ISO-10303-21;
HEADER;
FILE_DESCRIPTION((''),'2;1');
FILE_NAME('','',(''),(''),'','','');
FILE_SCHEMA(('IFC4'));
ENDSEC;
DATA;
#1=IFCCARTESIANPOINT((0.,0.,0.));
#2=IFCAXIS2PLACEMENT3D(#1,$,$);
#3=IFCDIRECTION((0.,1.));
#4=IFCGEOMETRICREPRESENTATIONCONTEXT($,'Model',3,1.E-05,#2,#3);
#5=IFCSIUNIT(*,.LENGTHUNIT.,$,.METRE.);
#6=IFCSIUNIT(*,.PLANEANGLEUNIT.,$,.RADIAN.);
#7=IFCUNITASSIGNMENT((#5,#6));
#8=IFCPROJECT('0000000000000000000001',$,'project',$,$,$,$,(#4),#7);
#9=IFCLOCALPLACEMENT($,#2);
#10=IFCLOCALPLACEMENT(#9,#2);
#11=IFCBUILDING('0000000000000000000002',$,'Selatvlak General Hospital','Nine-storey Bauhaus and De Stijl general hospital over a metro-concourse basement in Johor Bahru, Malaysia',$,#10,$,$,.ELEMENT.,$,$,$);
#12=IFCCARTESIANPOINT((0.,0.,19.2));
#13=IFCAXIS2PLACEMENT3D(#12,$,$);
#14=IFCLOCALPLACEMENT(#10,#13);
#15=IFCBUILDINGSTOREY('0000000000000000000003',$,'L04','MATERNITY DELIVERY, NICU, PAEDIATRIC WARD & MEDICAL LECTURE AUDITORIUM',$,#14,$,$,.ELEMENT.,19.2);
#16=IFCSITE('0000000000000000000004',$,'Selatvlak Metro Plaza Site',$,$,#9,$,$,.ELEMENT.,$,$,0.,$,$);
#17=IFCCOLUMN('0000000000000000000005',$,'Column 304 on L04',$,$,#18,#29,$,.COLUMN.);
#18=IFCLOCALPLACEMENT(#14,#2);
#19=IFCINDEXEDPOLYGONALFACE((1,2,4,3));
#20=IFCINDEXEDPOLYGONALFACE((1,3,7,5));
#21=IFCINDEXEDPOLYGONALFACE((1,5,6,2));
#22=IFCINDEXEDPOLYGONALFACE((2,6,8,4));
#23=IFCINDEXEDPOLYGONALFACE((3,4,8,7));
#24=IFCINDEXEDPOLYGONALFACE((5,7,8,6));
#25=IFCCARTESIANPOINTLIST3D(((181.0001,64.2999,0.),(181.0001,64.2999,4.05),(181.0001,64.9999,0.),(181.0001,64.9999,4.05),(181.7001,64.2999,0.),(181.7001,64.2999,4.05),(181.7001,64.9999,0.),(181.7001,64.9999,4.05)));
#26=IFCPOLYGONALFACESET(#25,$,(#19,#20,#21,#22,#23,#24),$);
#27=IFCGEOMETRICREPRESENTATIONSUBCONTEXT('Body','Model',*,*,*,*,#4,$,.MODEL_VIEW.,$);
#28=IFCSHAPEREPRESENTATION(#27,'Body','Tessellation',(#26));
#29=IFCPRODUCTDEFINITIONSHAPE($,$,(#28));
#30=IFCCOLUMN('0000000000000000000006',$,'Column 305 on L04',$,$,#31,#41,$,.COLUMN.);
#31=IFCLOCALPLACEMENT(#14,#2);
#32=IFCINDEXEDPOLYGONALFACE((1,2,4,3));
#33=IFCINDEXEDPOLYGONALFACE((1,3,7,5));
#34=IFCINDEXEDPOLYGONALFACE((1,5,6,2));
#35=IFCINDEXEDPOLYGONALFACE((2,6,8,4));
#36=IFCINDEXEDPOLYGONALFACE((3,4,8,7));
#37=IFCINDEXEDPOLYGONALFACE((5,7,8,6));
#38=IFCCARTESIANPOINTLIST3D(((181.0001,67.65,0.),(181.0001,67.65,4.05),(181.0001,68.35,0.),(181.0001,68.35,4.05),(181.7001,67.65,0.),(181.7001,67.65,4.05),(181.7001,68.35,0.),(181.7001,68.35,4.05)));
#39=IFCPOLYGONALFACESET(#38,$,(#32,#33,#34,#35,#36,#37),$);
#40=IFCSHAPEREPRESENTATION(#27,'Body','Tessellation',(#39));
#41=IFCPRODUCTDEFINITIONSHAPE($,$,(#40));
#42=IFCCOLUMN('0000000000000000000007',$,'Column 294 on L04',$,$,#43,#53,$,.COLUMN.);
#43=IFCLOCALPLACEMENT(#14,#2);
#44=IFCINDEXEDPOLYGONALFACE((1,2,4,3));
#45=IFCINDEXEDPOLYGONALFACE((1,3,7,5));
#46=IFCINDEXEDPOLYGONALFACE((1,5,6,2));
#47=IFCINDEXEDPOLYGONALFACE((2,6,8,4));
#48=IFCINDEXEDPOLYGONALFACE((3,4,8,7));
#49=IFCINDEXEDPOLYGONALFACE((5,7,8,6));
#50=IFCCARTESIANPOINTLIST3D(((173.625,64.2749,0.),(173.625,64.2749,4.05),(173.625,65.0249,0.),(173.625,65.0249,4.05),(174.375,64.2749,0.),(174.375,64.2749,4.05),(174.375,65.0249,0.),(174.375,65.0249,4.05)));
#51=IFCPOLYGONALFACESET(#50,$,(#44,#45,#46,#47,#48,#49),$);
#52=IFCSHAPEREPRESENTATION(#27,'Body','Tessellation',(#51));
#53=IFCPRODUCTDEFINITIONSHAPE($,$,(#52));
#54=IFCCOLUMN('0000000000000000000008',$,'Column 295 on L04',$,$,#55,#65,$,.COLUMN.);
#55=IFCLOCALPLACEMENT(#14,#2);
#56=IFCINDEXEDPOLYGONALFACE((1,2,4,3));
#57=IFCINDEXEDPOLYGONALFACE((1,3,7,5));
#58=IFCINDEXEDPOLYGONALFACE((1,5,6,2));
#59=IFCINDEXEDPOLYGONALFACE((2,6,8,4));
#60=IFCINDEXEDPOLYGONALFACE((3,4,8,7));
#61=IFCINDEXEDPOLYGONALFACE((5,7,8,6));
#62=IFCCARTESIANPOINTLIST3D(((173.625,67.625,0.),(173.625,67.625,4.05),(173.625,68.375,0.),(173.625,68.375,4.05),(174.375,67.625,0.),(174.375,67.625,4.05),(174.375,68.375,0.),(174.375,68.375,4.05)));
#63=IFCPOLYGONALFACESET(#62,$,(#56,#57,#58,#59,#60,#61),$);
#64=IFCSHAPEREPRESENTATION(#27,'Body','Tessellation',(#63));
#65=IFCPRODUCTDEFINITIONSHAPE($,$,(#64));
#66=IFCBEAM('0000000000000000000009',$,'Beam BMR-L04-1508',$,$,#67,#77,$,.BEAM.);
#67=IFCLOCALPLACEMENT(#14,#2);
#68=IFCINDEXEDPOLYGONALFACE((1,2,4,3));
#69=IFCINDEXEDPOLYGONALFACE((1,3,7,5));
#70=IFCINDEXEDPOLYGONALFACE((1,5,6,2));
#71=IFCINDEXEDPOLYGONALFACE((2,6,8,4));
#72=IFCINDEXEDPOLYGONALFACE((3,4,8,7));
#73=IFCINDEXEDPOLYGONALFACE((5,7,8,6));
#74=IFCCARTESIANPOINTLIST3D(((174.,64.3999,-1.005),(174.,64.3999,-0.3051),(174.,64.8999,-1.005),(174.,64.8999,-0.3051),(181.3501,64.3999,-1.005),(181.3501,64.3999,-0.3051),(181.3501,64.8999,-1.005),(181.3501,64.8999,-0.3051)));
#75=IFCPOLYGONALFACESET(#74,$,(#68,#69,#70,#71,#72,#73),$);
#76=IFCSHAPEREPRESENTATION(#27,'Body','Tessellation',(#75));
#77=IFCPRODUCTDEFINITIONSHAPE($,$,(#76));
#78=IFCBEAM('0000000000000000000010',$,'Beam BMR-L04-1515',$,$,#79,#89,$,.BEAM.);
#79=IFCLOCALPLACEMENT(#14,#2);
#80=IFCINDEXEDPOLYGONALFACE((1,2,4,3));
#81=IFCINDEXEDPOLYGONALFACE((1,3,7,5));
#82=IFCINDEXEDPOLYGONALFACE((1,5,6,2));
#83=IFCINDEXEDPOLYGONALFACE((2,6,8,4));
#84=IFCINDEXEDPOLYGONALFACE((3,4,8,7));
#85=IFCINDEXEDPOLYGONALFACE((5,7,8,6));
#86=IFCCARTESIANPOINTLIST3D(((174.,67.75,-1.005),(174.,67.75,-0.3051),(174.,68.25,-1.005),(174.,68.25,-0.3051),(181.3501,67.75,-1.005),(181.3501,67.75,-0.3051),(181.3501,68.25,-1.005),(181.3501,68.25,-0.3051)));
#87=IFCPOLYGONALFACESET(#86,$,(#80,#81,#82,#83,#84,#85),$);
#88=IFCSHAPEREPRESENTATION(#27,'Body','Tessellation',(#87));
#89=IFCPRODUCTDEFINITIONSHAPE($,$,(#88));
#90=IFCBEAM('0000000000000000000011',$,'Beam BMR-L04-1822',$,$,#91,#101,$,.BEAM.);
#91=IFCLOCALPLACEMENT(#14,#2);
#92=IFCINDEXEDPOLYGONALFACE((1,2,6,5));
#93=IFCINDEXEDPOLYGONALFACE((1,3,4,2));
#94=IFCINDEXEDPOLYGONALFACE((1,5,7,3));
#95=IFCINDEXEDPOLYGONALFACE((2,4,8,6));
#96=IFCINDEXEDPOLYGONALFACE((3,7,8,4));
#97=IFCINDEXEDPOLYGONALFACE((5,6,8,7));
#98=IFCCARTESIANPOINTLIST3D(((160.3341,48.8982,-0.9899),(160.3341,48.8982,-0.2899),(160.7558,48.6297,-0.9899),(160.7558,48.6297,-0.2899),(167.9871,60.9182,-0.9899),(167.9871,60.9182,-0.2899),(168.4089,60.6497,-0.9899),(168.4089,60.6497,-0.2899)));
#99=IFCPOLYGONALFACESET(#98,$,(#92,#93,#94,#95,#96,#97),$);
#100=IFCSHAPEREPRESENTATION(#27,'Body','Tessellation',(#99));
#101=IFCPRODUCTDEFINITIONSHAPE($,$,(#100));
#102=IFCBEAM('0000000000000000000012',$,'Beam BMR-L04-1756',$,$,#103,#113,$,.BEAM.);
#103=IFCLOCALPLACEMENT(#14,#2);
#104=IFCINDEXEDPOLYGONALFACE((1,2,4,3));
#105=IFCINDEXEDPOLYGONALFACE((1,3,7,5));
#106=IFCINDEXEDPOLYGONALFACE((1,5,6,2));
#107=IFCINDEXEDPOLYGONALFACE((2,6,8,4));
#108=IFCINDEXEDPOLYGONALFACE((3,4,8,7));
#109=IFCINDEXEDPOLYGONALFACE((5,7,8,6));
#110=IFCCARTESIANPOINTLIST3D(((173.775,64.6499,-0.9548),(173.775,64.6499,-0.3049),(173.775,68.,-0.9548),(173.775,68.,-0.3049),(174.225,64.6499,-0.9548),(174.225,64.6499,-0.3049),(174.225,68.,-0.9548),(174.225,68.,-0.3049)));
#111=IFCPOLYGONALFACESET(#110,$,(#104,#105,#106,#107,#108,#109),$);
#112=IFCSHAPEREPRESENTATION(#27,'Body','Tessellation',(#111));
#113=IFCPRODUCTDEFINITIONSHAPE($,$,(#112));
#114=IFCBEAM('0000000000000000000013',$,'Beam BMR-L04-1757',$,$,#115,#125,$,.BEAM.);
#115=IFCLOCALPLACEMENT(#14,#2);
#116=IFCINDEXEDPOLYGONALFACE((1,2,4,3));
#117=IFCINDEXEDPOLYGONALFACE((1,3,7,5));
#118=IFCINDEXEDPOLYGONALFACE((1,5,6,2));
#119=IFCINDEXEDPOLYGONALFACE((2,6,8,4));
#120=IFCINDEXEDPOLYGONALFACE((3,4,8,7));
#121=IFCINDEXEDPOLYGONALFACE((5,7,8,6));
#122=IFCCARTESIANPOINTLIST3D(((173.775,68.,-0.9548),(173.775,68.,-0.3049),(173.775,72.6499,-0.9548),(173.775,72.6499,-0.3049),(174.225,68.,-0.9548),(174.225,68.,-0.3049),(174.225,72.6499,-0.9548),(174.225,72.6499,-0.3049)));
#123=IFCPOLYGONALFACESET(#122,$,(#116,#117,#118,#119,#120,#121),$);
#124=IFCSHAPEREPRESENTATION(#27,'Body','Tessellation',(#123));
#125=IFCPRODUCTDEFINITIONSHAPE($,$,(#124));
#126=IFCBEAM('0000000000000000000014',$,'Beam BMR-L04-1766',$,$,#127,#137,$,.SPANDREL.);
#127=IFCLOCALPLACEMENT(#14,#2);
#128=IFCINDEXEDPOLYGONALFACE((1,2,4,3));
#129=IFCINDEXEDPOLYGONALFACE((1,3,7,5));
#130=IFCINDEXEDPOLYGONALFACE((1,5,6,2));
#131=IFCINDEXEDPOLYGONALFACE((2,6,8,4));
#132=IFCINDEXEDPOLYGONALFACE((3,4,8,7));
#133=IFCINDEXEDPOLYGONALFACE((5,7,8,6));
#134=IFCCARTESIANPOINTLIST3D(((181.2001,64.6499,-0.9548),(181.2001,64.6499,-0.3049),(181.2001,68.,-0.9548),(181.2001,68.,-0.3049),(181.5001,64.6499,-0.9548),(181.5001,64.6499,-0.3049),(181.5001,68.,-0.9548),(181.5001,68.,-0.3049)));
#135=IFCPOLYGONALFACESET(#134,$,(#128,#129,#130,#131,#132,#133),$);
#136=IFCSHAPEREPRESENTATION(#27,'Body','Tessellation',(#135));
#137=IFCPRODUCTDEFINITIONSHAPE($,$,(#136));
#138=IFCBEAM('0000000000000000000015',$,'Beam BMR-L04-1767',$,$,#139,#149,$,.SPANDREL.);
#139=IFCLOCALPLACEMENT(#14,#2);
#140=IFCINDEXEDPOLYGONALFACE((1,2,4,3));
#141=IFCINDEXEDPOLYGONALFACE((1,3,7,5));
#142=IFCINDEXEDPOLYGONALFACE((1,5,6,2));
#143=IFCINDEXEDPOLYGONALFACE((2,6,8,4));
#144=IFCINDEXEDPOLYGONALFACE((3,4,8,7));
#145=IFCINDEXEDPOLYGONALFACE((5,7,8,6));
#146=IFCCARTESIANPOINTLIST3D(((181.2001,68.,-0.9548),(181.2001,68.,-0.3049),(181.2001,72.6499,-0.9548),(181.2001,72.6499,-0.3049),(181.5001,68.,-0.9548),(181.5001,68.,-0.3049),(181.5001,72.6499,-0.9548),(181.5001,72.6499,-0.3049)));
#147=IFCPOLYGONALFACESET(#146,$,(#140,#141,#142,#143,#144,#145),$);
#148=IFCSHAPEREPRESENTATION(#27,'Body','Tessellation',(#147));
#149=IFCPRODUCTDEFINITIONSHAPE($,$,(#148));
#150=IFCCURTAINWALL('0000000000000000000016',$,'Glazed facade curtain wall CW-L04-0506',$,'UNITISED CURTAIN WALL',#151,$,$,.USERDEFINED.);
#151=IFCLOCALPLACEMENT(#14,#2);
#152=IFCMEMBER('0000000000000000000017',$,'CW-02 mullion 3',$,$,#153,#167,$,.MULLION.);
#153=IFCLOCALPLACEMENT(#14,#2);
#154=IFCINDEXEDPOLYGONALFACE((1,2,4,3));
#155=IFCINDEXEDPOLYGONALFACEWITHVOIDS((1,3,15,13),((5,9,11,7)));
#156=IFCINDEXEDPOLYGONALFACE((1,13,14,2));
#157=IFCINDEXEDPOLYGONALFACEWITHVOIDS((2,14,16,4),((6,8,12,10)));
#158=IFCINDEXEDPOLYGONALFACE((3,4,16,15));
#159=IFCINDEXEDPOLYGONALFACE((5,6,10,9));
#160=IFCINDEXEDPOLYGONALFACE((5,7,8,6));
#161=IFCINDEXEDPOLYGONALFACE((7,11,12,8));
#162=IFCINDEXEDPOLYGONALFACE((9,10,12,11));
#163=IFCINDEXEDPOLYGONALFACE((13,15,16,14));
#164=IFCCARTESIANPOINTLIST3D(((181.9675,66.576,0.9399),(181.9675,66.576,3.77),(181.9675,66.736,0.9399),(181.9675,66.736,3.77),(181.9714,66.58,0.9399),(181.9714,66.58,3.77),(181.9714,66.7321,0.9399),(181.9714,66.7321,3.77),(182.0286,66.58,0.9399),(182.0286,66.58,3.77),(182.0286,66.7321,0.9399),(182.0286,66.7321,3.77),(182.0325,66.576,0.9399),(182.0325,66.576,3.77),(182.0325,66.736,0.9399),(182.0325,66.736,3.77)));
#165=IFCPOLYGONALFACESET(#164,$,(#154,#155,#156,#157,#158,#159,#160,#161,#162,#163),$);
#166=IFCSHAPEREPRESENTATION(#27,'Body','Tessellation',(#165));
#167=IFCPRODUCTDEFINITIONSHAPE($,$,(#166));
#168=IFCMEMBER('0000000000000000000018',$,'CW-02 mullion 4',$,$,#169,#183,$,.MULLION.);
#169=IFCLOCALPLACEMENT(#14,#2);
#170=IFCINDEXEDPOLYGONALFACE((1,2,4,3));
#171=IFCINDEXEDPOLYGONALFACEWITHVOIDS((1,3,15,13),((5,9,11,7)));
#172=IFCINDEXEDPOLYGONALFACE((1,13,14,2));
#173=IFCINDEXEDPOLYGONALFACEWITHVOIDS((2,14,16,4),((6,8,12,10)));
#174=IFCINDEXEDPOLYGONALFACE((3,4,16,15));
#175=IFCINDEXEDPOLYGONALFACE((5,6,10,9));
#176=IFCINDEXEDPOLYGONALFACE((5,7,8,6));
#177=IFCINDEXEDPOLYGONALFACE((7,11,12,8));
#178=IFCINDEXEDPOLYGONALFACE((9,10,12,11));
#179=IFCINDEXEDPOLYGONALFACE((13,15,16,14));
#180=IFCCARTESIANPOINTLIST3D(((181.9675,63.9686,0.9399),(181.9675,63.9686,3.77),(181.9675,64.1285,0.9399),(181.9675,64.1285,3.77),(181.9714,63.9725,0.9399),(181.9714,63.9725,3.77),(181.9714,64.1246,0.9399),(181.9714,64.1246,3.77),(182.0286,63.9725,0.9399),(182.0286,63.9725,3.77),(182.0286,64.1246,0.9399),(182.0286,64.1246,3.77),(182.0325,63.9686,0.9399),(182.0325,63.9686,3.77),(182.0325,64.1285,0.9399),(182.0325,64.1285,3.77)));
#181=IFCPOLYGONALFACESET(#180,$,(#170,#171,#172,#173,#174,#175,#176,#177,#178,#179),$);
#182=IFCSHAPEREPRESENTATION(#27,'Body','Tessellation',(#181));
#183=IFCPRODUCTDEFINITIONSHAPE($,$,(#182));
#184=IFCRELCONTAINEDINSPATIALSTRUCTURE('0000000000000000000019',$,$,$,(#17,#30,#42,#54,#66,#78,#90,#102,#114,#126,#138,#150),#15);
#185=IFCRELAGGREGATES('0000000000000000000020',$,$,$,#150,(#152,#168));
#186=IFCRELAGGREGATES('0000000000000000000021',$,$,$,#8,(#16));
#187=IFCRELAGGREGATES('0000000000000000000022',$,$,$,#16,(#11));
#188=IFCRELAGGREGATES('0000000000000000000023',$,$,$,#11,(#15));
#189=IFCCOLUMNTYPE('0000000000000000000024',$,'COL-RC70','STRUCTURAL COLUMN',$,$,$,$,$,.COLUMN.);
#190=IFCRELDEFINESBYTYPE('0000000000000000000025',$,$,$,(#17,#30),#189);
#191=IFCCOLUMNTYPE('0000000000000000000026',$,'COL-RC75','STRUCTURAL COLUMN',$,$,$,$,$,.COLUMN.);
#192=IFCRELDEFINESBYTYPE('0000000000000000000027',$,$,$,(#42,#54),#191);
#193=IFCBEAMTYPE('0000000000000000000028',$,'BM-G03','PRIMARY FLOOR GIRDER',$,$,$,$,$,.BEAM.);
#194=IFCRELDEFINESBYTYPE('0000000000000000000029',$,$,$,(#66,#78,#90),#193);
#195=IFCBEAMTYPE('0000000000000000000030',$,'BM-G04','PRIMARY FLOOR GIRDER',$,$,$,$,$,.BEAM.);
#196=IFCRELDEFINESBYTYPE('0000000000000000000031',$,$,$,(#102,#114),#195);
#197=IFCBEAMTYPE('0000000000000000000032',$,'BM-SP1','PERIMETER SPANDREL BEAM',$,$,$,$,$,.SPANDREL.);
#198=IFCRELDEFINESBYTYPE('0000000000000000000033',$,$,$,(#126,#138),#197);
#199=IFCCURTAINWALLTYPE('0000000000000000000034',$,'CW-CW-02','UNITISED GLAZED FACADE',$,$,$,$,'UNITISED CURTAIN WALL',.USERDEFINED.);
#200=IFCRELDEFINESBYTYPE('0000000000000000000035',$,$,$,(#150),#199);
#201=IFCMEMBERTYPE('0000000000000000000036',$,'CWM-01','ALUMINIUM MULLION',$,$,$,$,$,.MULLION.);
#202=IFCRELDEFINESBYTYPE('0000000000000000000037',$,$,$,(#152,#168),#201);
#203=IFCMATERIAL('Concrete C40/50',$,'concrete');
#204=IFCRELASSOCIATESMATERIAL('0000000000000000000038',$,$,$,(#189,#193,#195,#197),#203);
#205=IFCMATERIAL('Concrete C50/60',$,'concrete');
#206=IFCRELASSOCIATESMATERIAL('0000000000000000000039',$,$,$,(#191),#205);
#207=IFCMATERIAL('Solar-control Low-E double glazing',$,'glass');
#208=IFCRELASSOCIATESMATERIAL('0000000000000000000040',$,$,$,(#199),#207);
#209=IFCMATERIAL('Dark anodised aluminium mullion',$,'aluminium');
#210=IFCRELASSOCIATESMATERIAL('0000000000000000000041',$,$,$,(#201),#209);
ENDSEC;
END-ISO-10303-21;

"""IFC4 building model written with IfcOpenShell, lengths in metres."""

from ifc_helpers import new_model, si_unit, direction, frame, origin, origin_2d, place, context, subcontext, project, spatial, rectangle, hollow_rectangle, extrude, material, material_profile, profile_set, type_object, element, aggregate, save


model = new_model("IFC4")

# Units and contexts
model_context = context("Model", 3, precision=1e-05, world=origin(), true_north=direction((0.0, 1.0)))
body_context = subcontext(model_context, "Body", "Model", "MODEL_VIEW")
ifc_project = project(units=[si_unit("LENGTHUNIT", "METRE"), si_unit("PLANEANGLEUNIT", "RADIAN")], contexts=[model_context])

# Site, building, storey
site_placement = place(None, origin())
site = spatial("IfcSite", under=ifc_project, at=site_placement, Name="Selatvlak Metro Plaza Site", CompositionType="ELEMENT", RefElevation=0.0)
building_placement = place(site_placement, origin())
building = spatial("IfcBuilding", under=site, at=building_placement, Name="Selatvlak General Hospital", Description="Nine-storey Bauhaus and De Stijl general hospital over a metro-concourse basement in Johor Bahru, Malaysia", CompositionType="ELEMENT")
storey_placement = place(building_placement, frame((0.0, 0.0, 19.2)))
storey = spatial("IfcBuildingStorey", under=building, at=storey_placement, Name="L04", Description="MATERNITY DELIVERY, NICU, PAEDIATRIC WARD & MEDICAL LECTURE AUDITORIUM", CompositionType="ELEMENT", Elevation=19.2)

# Columns
ifc_material_1 = material(Name="Concrete C40/50", Category="concrete")
ifc_material_profile_1 = material_profile(ifc_material_1, rectangle(XDim=0.7, YDim=0.7, at=origin_2d()), Name="RC-COL 700x700")
ifc_profile_set_1 = profile_set([ifc_material_profile_1], Name="Concrete C40/50")
column_type_1 = type_object("IfcColumnType", Name="COL-RC70", Description="STRUCTURAL COLUMN", PredefinedType="COLUMN", material=ifc_profile_set_1)
for number, where, z_axis, x_axis, name in (
    (1, (181.3501, 64.6499, 0.0), (0.0, 0.0, 1.0), (1.0, 0.0, 0.0), "Column 304 on L04"),
    (2, (181.3501, 68.0, 0.0), (0.0, 0.0, 1.0), (1.0, 0.0, 0.0), "Column 305 on L04"),
):
    element("IfcColumn", number, at=place(storey_placement, frame(where, z_axis=z_axis, x_axis=x_axis)), inside=storey, type_object=column_type_1, Name=name, PredefinedType="COLUMN", context=body_context, shape_type="SweptSolid", body=[
        extrude(rectangle(XDim=0.7, YDim=0.7, at=origin_2d()), origin(), (0.0, 0.0, 1.0), 4.05),
    ])
ifc_material_2 = material(Name="Concrete C50/60", Category="concrete")
ifc_material_profile_2 = material_profile(ifc_material_2, rectangle(XDim=0.75, YDim=0.75, at=origin_2d()), Name="RC-COL 750x750")
ifc_profile_set_2 = profile_set([ifc_material_profile_2], Name="Concrete C50/60")
column_type_2 = type_object("IfcColumnType", Name="COL-RC75", Description="STRUCTURAL COLUMN", PredefinedType="COLUMN", material=ifc_profile_set_2)
for number, where, z_axis, x_axis, name in (
    (3, (174.0, 64.6499, 0.0), (0.0, 0.0, 1.0), (1.0, 0.0, 0.0), "Column 294 on L04"),
    (4, (174.0, 68.0, 0.0), (0.0, 0.0, 1.0), (1.0, 0.0, 0.0), "Column 295 on L04"),
):
    element("IfcColumn", number, at=place(storey_placement, frame(where, z_axis=z_axis, x_axis=x_axis)), inside=storey, type_object=column_type_2, Name=name, PredefinedType="COLUMN", context=body_context, shape_type="SweptSolid", body=[
        extrude(rectangle(XDim=0.75, YDim=0.75, at=origin_2d()), origin(), (0.0, 0.0, 1.0), 4.05),
    ])

# Beams
ifc_material_profile_3 = material_profile(ifc_material_1, rectangle(XDim=0.5, YDim=0.7, at=origin_2d()), Name="RC-BM 500x700")
ifc_profile_set_3 = profile_set([ifc_material_profile_3], Name="Concrete C40/50")
beam_type_1 = type_object("IfcBeamType", Name="BM-G03", Description="PRIMARY FLOOR GIRDER", PredefinedType="BEAM", material=ifc_profile_set_3)
for number, where, z_axis, x_axis, name in (
    (5, (174.0, 64.6499, -0.655), (1.0, 0.0, 0.0), (0.0, 1.0, 0.0), "Beam BMR-L04-1508"),
    (6, (174.0, 68.0, -0.655), (1.0, 0.0, 0.0), (0.0, 1.0, 0.0), "Beam BMR-L04-1515"),
):
    element("IfcBeam", number, at=place(storey_placement, frame(where, z_axis=z_axis, x_axis=x_axis)), inside=storey, type_object=beam_type_1, Name=name, PredefinedType="BEAM", context=body_context, shape_type="SweptSolid", body=[
        extrude(rectangle(XDim=0.5, YDim=0.7, at=origin_2d()), origin(), (0.0, 0.0, 1.0), 7.3501),
    ])
beam_1_placement = place(storey_placement, frame((168.198, 60.7839, -0.6399), z_axis=(-0.537074, -0.843535, 0.0), x_axis=(0.843535, -0.537074, 0.0)))
element("IfcBeam", 7, at=beam_1_placement, inside=storey, type_object=beam_type_1, Name="Beam BMR-L04-1822", PredefinedType="BEAM", context=body_context, shape_type="SweptSolid", body=[
    extrude(rectangle(XDim=0.5, YDim=0.7, at=origin_2d()), origin(), (0.0, 0.0, 1.0), 14.2495),
])
ifc_material_profile_4 = material_profile(ifc_material_1, rectangle(XDim=0.45, YDim=0.6499, at=origin_2d()), Name="RC-BM 450x650")
ifc_profile_set_4 = profile_set([ifc_material_profile_4], Name="Concrete C40/50")
beam_type_2 = type_object("IfcBeamType", Name="BM-G04", Description="PRIMARY FLOOR GIRDER", PredefinedType="BEAM", material=ifc_profile_set_4)
beam_2_placement = place(storey_placement, frame((174.0, 64.6499, -0.6299), z_axis=(0.0, 1.0, 0.0), x_axis=(-1.0, 0.0, 0.0)))
element("IfcBeam", 8, at=beam_2_placement, inside=storey, type_object=beam_type_2, Name="Beam BMR-L04-1756", PredefinedType="BEAM", context=body_context, shape_type="SweptSolid", body=[
    extrude(rectangle(XDim=0.45, YDim=0.6499, at=origin_2d()), origin(), (0.0, 0.0, 1.0), 3.3501),
])
beam_3_placement = place(storey_placement, frame((174.0, 68.0, -0.6299), z_axis=(0.0, 1.0, 0.0), x_axis=(-1.0, 0.0, 0.0)))
element("IfcBeam", 9, at=beam_3_placement, inside=storey, type_object=beam_type_2, Name="Beam BMR-L04-1757", PredefinedType="BEAM", context=body_context, shape_type="SweptSolid", body=[
    extrude(rectangle(XDim=0.45, YDim=0.6499, at=origin_2d()), origin(), (0.0, 0.0, 1.0), 4.6499),
])
ifc_material_profile_5 = material_profile(ifc_material_1, rectangle(XDim=0.3, YDim=0.6499, at=origin_2d()), Name="RC-SP 300x650")
ifc_profile_set_5 = profile_set([ifc_material_profile_5], Name="Concrete C40/50")
beam_type_3 = type_object("IfcBeamType", Name="BM-SP1", Description="PERIMETER SPANDREL BEAM", PredefinedType="SPANDREL", material=ifc_profile_set_5)
beam_4_placement = place(storey_placement, frame((181.3501, 64.6499, -0.6299), z_axis=(0.0, 1.0, 0.0), x_axis=(-1.0, 0.0, 0.0)))
element("IfcBeam", 10, at=beam_4_placement, inside=storey, type_object=beam_type_3, Name="Beam BMR-L04-1766", PredefinedType="SPANDREL", context=body_context, shape_type="SweptSolid", body=[
    extrude(rectangle(XDim=0.3, YDim=0.6499, at=origin_2d()), origin(), (0.0, 0.0, 1.0), 3.3501),
])
beam_5_placement = place(storey_placement, frame((181.3501, 68.0, -0.6299), z_axis=(0.0, 1.0, 0.0), x_axis=(-1.0, 0.0, 0.0)))
element("IfcBeam", 11, at=beam_5_placement, inside=storey, type_object=beam_type_3, Name="Beam BMR-L04-1767", PredefinedType="SPANDREL", context=body_context, shape_type="SweptSolid", body=[
    extrude(rectangle(XDim=0.3, YDim=0.6499, at=origin_2d()), origin(), (0.0, 0.0, 1.0), 4.6499),
])

# Curtain wall, members
ifc_material_3 = material(Name="Solar-control Low-E double glazing", Category="glass")
curtain_wall_type_1 = type_object("IfcCurtainWallType", Name="CW-CW-02", Description="UNITISED GLAZED FACADE", ElementType="UNITISED CURTAIN WALL", PredefinedType="USERDEFINED", material=ifc_material_3)
curtain_wall_1_placement = place(storey_placement, origin())
curtain_wall_1 = element("IfcCurtainWall", 12, at=curtain_wall_1_placement, inside=storey, type_object=curtain_wall_type_1, Name="Glazed facade curtain wall CW-L04-0506", ObjectType="UNITISED CURTAIN WALL", PredefinedType="USERDEFINED")
ifc_material_4 = material(Name="Dark anodised aluminium mullion", Category="aluminium")
ifc_material_profile_6 = material_profile(ifc_material_4, hollow_rectangle(XDim=0.0649, YDim=0.1599, WallThickness=0.0039, at=origin_2d()), Name="AL-MUL 65x160x4")
ifc_profile_set_6 = profile_set([ifc_material_profile_6], Name="Dark anodised aluminium mullion")
member_type_1 = type_object("IfcMemberType", Name="CWM-01", Description="ALUMINIUM MULLION", PredefinedType="MULLION", material=ifc_profile_set_6)
member_1_placement = place(storey_placement, frame((182.0, 66.656, 0.9399), z_axis=(0.0, 0.0, 1.0), x_axis=(1.0, 0.0, 0.0)))
member_1 = element("IfcMember", 13, at=member_1_placement, type_object=member_type_1, Name="CW-02 mullion 3", PredefinedType="MULLION", context=body_context, shape_type="SweptSolid", body=[
    extrude(hollow_rectangle(XDim=0.0649, YDim=0.1599, WallThickness=0.0039, at=origin_2d()), origin(), (0.0, 0.0, 1.0), 2.8301),
])
member_2_placement = place(storey_placement, frame((182.0, 64.0486, 0.9399), z_axis=(0.0, 0.0, 1.0), x_axis=(1.0, 0.0, 0.0)))
member_2 = element("IfcMember", 14, at=member_2_placement, type_object=member_type_1, Name="CW-02 mullion 4", PredefinedType="MULLION", context=body_context, shape_type="SweptSolid", body=[
    extrude(hollow_rectangle(XDim=0.0649, YDim=0.1599, WallThickness=0.0039, at=origin_2d()), origin(), (0.0, 0.0, 1.0), 2.8301),
])

aggregate(curtain_wall_1, [member_1, member_2])

save(model, "model.ifc")
